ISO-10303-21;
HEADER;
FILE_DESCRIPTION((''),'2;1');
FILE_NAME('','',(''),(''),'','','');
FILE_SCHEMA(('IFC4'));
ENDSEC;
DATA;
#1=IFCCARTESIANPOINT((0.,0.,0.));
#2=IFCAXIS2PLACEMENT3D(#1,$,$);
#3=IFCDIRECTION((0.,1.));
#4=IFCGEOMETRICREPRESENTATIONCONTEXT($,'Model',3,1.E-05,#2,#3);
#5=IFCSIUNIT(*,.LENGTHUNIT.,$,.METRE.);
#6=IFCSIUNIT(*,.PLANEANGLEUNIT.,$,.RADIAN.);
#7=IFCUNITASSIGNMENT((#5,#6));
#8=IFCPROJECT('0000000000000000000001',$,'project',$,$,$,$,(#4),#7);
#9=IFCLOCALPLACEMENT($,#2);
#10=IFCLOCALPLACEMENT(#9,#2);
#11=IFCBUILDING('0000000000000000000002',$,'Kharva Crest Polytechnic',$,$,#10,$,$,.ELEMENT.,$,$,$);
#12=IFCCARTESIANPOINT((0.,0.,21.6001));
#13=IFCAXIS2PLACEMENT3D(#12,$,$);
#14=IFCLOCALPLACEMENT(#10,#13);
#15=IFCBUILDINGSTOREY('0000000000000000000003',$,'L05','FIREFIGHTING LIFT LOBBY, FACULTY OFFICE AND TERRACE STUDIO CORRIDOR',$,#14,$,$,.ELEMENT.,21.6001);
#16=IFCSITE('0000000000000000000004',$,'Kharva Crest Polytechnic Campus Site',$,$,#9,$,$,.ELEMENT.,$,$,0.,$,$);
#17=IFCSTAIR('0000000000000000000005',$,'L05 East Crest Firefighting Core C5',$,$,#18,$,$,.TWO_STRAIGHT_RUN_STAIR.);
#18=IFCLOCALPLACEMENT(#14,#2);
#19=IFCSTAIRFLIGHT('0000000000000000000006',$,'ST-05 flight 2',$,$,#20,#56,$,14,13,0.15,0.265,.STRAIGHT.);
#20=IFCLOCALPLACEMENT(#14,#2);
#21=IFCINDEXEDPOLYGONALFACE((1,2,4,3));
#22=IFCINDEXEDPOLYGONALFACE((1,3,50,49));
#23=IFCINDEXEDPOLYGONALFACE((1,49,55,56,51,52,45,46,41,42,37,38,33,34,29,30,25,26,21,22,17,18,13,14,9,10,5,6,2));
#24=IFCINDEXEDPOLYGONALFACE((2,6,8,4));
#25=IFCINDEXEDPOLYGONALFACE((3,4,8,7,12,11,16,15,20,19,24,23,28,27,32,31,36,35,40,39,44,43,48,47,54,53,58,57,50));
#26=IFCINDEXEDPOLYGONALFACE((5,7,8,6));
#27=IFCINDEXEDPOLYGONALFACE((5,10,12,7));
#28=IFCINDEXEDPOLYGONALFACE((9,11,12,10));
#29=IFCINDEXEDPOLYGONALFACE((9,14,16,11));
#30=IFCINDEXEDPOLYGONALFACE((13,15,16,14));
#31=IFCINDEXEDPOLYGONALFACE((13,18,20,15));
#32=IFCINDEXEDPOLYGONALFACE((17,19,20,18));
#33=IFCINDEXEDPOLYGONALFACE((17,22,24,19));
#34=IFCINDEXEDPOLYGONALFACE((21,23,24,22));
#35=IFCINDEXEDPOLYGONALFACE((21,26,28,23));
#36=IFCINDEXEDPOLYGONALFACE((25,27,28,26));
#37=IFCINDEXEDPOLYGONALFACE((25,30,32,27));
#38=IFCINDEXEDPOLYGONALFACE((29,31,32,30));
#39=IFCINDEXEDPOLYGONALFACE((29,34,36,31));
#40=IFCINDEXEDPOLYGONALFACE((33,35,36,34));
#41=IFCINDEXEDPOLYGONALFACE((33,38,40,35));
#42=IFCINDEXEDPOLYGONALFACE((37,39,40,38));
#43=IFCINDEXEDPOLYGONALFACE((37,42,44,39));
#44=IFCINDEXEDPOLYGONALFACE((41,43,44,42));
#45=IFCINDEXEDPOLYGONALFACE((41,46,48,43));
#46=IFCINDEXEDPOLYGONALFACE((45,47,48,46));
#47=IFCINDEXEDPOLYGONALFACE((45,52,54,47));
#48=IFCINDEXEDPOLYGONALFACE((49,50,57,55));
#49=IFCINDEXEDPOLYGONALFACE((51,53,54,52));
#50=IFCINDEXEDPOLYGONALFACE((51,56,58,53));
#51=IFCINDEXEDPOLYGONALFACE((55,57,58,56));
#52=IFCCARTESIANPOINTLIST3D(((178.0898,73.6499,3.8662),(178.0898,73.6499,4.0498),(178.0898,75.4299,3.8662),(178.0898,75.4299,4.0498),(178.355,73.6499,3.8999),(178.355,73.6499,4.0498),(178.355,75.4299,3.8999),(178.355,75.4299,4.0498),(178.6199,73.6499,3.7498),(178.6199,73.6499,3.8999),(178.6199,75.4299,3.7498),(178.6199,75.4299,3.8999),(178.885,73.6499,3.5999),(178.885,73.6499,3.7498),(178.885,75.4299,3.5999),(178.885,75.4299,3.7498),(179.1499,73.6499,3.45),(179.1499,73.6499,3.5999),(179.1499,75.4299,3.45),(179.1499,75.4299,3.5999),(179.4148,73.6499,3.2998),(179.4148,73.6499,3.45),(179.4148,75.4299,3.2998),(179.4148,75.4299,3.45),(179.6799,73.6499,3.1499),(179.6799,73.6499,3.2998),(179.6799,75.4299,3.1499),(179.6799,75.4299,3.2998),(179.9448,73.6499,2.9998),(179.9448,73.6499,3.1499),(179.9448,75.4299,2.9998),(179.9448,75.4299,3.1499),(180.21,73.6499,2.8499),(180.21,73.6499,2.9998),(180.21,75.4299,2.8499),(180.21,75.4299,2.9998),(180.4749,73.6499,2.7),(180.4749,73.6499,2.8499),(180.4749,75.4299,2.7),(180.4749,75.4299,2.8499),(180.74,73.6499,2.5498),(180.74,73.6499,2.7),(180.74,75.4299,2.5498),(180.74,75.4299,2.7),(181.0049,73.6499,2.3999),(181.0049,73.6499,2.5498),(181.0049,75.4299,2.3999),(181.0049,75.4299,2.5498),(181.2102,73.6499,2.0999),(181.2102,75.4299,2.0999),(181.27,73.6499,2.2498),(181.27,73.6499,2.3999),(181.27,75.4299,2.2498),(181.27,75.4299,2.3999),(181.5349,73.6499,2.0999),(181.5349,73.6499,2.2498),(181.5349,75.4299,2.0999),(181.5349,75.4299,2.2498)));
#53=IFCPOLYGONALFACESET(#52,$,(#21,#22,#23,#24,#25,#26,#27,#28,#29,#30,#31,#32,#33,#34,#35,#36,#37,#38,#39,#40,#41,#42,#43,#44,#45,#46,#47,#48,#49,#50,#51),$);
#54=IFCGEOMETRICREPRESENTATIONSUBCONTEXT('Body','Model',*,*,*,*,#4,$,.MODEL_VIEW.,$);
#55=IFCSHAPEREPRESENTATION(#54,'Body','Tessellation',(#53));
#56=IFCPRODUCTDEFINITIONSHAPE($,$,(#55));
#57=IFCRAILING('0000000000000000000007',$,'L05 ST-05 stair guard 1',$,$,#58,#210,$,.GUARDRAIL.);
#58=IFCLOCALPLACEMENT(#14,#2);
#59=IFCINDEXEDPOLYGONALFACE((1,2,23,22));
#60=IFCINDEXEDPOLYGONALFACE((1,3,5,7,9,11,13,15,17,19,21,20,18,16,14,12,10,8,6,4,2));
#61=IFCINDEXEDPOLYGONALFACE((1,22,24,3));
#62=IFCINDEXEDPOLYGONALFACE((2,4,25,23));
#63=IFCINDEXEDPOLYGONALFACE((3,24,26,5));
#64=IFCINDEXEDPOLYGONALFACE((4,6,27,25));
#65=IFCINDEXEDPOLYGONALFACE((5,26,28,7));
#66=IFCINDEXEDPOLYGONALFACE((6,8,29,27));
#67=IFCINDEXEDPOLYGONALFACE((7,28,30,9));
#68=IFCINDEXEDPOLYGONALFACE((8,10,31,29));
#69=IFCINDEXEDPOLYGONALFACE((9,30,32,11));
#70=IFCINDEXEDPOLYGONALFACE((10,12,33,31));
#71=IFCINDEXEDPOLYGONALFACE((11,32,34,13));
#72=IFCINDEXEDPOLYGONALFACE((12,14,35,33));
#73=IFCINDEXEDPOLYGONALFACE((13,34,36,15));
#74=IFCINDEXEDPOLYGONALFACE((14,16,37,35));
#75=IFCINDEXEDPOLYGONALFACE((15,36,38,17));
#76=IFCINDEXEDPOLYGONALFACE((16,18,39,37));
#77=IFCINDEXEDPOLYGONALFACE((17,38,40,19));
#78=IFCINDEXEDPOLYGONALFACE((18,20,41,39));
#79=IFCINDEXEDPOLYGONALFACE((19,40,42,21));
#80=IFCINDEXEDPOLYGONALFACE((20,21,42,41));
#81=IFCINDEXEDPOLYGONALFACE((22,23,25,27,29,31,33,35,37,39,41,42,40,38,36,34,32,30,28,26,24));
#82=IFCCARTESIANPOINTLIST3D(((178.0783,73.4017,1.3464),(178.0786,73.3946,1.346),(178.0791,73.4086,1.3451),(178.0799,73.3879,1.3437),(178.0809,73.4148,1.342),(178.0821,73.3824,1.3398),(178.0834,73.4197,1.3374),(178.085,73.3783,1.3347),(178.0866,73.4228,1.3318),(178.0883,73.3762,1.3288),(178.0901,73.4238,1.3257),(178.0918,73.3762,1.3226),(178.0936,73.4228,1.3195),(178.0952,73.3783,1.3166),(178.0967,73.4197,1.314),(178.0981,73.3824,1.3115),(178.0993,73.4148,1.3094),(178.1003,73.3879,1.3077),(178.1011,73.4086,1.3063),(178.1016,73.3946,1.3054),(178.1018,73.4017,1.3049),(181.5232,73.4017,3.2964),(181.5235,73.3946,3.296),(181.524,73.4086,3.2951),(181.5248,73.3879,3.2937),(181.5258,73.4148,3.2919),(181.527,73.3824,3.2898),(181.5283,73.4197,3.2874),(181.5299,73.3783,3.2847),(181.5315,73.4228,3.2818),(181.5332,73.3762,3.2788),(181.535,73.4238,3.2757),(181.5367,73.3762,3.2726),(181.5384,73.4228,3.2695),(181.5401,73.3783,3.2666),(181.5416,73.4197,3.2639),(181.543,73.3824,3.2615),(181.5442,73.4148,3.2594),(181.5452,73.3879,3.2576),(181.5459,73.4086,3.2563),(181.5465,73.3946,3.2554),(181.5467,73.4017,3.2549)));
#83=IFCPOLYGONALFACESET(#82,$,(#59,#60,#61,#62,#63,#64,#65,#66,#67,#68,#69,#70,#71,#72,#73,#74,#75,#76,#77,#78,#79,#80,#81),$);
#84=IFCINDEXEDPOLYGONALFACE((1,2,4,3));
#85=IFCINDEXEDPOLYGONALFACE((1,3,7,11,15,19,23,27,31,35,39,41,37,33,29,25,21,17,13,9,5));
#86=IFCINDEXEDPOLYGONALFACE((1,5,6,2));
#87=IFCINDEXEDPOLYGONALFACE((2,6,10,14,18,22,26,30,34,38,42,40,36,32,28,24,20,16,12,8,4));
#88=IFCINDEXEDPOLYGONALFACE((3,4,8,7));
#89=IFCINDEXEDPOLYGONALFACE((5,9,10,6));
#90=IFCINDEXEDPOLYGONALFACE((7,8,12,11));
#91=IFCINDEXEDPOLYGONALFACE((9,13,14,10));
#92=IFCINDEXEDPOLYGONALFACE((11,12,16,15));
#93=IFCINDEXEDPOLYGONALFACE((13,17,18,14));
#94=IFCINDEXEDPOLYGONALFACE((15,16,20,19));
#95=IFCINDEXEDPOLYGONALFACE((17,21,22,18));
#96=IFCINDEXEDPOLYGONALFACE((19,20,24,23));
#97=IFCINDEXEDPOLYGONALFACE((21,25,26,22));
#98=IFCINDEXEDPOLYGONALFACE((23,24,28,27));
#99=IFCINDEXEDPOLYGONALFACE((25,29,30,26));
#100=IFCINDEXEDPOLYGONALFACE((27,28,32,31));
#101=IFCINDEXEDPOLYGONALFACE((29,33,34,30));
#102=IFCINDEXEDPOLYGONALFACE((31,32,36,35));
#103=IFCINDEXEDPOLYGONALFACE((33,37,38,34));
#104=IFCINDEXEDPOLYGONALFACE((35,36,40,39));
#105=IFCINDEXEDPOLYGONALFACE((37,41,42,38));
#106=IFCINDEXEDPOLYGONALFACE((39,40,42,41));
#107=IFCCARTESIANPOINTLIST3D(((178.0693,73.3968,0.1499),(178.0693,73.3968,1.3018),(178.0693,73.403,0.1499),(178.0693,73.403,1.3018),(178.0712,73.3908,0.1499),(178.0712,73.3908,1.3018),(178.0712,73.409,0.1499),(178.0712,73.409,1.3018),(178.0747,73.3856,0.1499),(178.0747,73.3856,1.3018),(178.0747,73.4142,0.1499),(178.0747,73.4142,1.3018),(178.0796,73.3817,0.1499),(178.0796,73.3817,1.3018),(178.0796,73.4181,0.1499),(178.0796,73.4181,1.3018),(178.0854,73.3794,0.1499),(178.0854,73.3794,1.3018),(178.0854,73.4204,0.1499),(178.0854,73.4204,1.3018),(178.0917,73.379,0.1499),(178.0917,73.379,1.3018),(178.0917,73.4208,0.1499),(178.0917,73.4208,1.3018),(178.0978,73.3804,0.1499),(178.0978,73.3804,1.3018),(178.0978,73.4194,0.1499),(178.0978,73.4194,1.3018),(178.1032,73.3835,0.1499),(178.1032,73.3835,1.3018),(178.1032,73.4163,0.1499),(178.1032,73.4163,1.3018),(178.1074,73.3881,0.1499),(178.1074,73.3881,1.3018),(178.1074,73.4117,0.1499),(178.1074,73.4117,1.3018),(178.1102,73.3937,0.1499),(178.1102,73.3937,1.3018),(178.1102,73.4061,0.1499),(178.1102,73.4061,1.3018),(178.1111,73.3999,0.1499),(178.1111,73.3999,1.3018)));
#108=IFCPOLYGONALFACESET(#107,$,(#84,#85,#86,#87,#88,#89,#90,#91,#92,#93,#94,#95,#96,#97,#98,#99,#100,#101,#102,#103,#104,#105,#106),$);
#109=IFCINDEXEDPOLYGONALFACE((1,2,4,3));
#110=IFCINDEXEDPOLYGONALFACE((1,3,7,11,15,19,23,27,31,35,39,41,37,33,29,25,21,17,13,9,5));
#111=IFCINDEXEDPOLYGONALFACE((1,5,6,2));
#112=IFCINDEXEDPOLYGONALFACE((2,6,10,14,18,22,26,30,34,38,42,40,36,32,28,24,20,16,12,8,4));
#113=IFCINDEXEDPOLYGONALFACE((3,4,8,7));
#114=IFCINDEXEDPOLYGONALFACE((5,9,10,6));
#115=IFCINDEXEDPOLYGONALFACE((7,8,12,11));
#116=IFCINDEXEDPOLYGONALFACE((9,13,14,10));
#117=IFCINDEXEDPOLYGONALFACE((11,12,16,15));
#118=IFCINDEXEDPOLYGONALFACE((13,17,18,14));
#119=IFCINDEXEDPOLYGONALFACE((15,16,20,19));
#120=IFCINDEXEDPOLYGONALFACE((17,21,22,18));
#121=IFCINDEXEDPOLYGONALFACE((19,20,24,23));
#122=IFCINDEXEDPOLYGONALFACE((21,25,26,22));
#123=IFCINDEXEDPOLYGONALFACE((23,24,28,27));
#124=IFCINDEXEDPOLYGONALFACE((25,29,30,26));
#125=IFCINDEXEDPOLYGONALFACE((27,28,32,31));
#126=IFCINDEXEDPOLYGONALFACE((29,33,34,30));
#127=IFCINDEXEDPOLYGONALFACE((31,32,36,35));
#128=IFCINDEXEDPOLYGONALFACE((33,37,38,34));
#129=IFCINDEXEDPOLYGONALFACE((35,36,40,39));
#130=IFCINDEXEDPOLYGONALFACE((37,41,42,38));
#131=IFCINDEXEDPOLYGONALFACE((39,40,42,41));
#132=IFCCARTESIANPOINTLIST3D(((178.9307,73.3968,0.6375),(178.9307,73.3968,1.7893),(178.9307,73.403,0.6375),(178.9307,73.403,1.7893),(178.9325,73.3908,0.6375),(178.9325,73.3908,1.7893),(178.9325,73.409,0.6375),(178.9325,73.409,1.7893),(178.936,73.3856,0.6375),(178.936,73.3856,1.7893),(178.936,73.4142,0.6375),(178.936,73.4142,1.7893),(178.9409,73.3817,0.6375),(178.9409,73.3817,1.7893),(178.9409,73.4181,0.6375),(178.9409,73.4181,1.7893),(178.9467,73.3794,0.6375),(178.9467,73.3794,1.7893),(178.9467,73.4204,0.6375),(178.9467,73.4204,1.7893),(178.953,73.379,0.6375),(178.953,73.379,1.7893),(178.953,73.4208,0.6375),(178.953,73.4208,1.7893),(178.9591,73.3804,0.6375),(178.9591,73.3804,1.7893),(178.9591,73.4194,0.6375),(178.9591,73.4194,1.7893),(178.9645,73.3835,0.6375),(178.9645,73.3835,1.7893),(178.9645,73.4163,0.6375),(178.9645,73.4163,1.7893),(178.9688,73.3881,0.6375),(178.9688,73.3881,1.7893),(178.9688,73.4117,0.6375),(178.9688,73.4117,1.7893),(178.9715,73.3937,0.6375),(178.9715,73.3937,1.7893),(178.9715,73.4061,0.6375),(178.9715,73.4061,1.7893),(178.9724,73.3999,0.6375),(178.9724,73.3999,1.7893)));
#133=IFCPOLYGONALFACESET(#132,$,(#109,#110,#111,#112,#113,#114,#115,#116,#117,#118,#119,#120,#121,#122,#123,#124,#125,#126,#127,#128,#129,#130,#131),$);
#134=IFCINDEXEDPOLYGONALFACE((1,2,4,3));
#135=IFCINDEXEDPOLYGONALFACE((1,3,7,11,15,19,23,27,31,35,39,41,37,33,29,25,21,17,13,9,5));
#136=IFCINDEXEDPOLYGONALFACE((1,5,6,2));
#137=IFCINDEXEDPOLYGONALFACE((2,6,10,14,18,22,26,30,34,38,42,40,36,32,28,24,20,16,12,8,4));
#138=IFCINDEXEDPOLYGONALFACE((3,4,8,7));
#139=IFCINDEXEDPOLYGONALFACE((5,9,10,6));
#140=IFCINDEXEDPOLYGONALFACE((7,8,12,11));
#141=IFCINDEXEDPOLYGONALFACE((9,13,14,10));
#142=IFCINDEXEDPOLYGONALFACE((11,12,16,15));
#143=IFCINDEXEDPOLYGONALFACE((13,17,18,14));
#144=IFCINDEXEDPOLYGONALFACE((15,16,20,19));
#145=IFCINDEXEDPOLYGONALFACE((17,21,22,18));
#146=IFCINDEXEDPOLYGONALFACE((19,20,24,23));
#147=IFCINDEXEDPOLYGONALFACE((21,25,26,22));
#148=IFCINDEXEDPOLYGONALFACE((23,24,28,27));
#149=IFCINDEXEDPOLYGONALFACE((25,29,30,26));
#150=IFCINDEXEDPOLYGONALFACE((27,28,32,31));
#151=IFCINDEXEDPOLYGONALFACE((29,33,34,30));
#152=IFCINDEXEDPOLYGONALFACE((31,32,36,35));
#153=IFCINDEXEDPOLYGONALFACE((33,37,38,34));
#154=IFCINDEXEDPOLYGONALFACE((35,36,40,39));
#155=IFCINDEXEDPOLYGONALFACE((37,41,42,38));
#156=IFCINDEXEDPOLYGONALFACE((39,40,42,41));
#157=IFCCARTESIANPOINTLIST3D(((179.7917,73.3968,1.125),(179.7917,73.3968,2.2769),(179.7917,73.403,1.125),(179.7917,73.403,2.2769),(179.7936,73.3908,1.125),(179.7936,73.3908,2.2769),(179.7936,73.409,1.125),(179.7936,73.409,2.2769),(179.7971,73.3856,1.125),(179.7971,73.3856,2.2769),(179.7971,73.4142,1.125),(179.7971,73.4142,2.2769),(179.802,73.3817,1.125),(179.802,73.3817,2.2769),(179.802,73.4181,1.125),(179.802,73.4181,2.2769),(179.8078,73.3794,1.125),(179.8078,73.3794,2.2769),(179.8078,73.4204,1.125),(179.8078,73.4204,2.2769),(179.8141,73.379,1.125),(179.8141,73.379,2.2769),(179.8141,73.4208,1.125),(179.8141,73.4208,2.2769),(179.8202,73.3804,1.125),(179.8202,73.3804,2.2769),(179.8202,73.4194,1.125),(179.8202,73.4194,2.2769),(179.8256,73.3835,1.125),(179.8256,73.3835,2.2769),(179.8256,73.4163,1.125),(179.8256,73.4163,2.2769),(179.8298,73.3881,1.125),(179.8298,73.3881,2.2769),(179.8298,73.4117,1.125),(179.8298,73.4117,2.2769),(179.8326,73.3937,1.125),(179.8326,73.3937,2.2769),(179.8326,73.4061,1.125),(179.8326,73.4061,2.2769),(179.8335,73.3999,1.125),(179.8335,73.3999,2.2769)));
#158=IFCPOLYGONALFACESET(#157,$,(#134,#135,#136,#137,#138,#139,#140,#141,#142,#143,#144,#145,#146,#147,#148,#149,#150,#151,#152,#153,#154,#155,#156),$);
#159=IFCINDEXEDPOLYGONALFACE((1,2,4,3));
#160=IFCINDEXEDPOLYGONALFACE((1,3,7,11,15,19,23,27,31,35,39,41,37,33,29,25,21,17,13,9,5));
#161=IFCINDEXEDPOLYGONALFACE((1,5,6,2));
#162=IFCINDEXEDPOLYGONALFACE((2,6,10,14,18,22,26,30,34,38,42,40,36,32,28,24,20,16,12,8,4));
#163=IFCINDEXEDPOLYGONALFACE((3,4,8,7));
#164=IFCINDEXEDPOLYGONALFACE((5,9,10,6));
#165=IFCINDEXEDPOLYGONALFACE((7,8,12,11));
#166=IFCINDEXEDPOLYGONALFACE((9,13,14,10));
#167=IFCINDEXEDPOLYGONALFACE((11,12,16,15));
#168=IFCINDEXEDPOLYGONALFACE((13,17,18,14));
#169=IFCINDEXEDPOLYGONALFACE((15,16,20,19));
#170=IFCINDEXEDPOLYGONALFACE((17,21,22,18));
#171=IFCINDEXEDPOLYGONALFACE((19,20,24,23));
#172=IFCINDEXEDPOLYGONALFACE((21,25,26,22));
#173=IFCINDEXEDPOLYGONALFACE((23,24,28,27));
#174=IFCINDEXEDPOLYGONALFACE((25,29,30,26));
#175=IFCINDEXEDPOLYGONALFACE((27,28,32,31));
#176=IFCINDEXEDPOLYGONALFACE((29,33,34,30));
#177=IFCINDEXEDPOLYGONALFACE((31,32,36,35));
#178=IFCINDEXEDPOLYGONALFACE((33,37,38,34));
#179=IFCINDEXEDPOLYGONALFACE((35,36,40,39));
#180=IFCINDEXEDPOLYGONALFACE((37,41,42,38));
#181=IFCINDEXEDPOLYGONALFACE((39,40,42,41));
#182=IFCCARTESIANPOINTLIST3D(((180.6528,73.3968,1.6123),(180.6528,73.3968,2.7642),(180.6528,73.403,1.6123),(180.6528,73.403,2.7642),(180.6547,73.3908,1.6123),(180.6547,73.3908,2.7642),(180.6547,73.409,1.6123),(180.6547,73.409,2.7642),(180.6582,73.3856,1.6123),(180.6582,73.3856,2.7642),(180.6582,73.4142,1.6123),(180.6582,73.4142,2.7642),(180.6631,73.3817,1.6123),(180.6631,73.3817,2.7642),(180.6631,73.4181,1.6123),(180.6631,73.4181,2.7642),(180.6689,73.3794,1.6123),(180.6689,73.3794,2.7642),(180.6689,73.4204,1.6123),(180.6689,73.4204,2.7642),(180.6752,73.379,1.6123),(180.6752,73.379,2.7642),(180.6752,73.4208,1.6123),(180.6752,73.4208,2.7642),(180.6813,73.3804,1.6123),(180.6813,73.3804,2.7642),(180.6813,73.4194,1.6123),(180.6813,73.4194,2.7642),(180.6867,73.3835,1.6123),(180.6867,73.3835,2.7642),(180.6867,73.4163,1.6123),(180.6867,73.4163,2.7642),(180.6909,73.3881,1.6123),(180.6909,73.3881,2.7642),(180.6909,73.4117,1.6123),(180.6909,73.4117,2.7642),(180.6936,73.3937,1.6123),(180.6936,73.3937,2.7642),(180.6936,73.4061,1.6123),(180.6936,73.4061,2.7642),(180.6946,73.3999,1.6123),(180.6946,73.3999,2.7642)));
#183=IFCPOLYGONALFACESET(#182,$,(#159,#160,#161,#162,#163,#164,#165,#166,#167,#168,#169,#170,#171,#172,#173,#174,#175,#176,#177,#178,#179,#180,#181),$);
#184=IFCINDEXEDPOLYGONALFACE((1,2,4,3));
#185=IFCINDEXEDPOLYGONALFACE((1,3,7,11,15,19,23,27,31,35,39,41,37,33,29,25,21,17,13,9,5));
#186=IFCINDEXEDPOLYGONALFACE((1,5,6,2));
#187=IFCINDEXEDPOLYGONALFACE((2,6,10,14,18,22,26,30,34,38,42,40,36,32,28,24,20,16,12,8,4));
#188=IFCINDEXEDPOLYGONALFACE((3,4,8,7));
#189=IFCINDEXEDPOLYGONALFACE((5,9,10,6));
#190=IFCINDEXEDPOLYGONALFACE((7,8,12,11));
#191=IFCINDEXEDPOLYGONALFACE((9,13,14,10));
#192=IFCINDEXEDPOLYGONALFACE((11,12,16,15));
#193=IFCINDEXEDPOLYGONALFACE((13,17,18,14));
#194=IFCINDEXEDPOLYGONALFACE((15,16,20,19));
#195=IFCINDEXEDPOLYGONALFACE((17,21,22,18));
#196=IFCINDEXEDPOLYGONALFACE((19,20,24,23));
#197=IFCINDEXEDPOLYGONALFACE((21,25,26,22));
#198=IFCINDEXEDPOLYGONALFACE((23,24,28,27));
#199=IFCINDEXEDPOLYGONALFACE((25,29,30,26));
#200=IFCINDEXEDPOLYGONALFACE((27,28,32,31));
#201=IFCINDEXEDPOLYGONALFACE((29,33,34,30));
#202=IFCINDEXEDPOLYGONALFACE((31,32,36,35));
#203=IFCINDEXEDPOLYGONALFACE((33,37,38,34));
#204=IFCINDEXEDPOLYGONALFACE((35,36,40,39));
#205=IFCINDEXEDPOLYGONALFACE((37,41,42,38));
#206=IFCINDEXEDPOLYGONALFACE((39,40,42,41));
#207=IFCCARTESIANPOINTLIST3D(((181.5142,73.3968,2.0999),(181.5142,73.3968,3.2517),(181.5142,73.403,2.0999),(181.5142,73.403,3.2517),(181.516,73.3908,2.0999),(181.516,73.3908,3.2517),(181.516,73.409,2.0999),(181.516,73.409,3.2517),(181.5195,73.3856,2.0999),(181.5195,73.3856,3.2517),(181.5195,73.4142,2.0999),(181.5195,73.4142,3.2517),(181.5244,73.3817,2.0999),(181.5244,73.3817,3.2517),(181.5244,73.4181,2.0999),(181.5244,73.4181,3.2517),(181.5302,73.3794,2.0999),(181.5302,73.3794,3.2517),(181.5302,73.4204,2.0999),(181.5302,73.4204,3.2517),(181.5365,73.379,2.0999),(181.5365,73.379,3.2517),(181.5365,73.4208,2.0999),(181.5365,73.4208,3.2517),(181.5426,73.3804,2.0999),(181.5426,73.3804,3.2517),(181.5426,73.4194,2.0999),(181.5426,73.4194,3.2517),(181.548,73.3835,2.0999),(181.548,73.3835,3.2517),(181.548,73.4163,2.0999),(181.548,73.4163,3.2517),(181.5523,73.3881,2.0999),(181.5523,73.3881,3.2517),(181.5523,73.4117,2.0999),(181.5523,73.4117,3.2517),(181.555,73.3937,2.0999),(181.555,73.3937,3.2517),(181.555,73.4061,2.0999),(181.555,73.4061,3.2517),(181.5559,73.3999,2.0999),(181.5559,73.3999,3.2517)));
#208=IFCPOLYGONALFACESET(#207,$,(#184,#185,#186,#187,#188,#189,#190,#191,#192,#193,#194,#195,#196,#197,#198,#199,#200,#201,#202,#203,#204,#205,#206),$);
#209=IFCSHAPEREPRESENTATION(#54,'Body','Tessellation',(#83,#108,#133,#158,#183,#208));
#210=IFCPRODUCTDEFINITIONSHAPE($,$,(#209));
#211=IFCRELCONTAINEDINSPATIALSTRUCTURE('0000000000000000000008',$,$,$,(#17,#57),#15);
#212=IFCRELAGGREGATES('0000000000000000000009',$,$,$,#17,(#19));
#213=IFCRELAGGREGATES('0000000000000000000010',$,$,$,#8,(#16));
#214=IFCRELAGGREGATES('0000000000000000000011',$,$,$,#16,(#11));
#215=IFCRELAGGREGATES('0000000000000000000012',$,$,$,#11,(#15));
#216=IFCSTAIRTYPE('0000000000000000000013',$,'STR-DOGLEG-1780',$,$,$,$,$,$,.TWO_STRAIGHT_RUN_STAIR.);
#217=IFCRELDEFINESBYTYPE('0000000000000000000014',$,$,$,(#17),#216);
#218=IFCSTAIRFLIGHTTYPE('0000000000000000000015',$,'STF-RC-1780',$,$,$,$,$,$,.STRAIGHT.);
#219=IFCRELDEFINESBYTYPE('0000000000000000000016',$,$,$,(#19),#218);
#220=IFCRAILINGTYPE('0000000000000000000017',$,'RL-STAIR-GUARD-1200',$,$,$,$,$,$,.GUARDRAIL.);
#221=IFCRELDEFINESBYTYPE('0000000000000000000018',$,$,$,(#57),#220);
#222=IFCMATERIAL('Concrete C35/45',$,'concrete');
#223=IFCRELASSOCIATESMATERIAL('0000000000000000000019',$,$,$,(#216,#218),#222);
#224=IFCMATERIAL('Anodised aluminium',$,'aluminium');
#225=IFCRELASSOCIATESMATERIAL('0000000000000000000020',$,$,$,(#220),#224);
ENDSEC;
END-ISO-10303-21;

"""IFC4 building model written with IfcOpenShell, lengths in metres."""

from ifc_helpers import new_model, si_unit, direction, frame, origin, origin_2d, place, context, subcontext, project, spatial, polyline, circle, outline, extrude, material, type_object, element, aggregate, save


model = new_model("IFC4")

# Units and contexts
model_context = context("Model", 3, precision=1e-05, world=origin(), true_north=direction((0.0, 1.0)))
body_context = subcontext(model_context, "Body", "Model", "MODEL_VIEW")
ifc_project = project(units=[si_unit("LENGTHUNIT", "METRE"), si_unit("PLANEANGLEUNIT", "RADIAN")], contexts=[model_context])

# Site, building, storey
site_placement = place(None, origin())
site = spatial("IfcSite", under=ifc_project, at=site_placement, Name="Kharva Crest Polytechnic Campus Site", CompositionType="ELEMENT", RefElevation=0.0)
building_placement = place(site_placement, origin())
building = spatial("IfcBuilding", under=site, at=building_placement, Name="Kharva Crest Polytechnic", CompositionType="ELEMENT")
storey_placement = place(building_placement, frame((0.0, 0.0, 21.6001)))
storey = spatial("IfcBuildingStorey", under=building, at=storey_placement, Name="L05", Description="FIREFIGHTING LIFT LOBBY, FACULTY OFFICE AND TERRACE STUDIO CORRIDOR", CompositionType="ELEMENT", Elevation=21.6001)

# Shared definitions
ifc_material_1 = material(Name="Concrete C35/45", Category="concrete")

# Shared definitions
ifc_material_2 = material(Name="Anodised aluminium", Category="aluminium")

# Stair, stair flight
stair_type = type_object("IfcStairType", Name="STR-DOGLEG-1780", PredefinedType="TWO_STRAIGHT_RUN_STAIR", material=ifc_material_1)
stair_placement = place(storey_placement, origin())
stair = element("IfcStair", 1, at=stair_placement, inside=storey, type_object=stair_type, Name="L05 East Crest Firefighting Core C5", PredefinedType="TWO_STRAIGHT_RUN_STAIR")
stair_flight_type = type_object("IfcStairFlightType", Name="STF-RC-1780", PredefinedType="STRAIGHT", material=ifc_material_1)
stair_flight_1_placement = place(storey_placement, frame((181.5349, 74.54, 2.0999), z_axis=(0.0, 0.0, 1.0), x_axis=(-1.0, 0.0, 0.0)))
stair_flight_1 = element("IfcStairFlight", 2, at=stair_flight_1_placement, type_object=stair_flight_type, Name="ST-05 flight 2", NumberOfRisers=14, NumberOfTreads=13, PredefinedType="STRAIGHT", RiserHeight=0.15, TreadLength=0.265, context=body_context, shape_type="SweptSolid", body=[
    extrude(outline(polyline([(0.0, 0.0), (0.0, 0.1499), (0.2649, 0.1499), (0.2649, 0.3), (0.53, 0.3), (0.53, 0.45), (0.7949, 0.45), (0.7949, 0.6001), (1.0601, 0.6001), (1.0601, 0.75), (1.325, 0.75), (1.325, 0.8999), (1.5901, 0.8999), (1.5901, 1.05), (1.855, 1.05), (1.855, 1.2), (2.1201, 1.2), (2.1201, 1.3501), (2.385, 1.3501), (2.385, 1.5), (2.6499, 1.5), (2.6499, 1.6499), (2.915, 1.6499), (2.915, 1.8), (3.1799, 1.8), (3.1799, 1.95), (3.4451, 1.95), (3.4451, 2.1001), (3.4451, 1.7664), (0.3247, 0.0), (0.0, 0.0)])), frame((0.0, 0.8901, 0.0), z_axis=(0.0, -1.0, 0.0), x_axis=(1.0, 0.0, 0.0)), (0.0, 0.0, 1.0), 1.78),
])
aggregate(stair, [stair_flight_1])

# Railing
railing_type_1 = type_object("IfcRailingType", Name="RL-STAIR-GUARD-1200", PredefinedType="GUARDRAIL", material=ifc_material_2)
railing_1_placement = place(storey_placement, frame((178.0901, 73.3999, 0.1499)))
element("IfcRailing", 3, at=railing_1_placement, inside=storey, type_object=railing_type_1, Name="L05 ST-05 stair guard 1", PredefinedType="GUARDRAIL", context=body_context, shape_type="SweptSolid", body=[
    extrude(circle(Radius=0.0239, at=origin_2d()), frame((0.0, 0.0, 1.1758), z_axis=(0.870251, 0.0, 0.492608), x_axis=(0.0, 1.0, 0.0)), (0.0, 0.0, 1.0), 3.9585),
    extrude(circle(Radius=0.021, at=origin_2d()), origin(), (0.0, 0.0, 1.0), 1.1519),
    extrude(circle(Radius=0.021, at=origin_2d()), frame((0.8613, 0.0, 0.4875)), (0.0, 0.0, 1.0), 1.1519),
    extrude(circle(Radius=0.021, at=origin_2d()), frame((1.7224, 0.0, 0.9751)), (0.0, 0.0, 1.0), 1.1519),
    extrude(circle(Radius=0.021, at=origin_2d()), frame((2.5835, 0.0, 1.4624)), (0.0, 0.0, 1.0), 1.1519),
    extrude(circle(Radius=0.021, at=origin_2d()), frame((3.4448, 0.0, 1.95)), (0.0, 0.0, 1.0), 1.1519),
])

save(model, "model.ifc")
